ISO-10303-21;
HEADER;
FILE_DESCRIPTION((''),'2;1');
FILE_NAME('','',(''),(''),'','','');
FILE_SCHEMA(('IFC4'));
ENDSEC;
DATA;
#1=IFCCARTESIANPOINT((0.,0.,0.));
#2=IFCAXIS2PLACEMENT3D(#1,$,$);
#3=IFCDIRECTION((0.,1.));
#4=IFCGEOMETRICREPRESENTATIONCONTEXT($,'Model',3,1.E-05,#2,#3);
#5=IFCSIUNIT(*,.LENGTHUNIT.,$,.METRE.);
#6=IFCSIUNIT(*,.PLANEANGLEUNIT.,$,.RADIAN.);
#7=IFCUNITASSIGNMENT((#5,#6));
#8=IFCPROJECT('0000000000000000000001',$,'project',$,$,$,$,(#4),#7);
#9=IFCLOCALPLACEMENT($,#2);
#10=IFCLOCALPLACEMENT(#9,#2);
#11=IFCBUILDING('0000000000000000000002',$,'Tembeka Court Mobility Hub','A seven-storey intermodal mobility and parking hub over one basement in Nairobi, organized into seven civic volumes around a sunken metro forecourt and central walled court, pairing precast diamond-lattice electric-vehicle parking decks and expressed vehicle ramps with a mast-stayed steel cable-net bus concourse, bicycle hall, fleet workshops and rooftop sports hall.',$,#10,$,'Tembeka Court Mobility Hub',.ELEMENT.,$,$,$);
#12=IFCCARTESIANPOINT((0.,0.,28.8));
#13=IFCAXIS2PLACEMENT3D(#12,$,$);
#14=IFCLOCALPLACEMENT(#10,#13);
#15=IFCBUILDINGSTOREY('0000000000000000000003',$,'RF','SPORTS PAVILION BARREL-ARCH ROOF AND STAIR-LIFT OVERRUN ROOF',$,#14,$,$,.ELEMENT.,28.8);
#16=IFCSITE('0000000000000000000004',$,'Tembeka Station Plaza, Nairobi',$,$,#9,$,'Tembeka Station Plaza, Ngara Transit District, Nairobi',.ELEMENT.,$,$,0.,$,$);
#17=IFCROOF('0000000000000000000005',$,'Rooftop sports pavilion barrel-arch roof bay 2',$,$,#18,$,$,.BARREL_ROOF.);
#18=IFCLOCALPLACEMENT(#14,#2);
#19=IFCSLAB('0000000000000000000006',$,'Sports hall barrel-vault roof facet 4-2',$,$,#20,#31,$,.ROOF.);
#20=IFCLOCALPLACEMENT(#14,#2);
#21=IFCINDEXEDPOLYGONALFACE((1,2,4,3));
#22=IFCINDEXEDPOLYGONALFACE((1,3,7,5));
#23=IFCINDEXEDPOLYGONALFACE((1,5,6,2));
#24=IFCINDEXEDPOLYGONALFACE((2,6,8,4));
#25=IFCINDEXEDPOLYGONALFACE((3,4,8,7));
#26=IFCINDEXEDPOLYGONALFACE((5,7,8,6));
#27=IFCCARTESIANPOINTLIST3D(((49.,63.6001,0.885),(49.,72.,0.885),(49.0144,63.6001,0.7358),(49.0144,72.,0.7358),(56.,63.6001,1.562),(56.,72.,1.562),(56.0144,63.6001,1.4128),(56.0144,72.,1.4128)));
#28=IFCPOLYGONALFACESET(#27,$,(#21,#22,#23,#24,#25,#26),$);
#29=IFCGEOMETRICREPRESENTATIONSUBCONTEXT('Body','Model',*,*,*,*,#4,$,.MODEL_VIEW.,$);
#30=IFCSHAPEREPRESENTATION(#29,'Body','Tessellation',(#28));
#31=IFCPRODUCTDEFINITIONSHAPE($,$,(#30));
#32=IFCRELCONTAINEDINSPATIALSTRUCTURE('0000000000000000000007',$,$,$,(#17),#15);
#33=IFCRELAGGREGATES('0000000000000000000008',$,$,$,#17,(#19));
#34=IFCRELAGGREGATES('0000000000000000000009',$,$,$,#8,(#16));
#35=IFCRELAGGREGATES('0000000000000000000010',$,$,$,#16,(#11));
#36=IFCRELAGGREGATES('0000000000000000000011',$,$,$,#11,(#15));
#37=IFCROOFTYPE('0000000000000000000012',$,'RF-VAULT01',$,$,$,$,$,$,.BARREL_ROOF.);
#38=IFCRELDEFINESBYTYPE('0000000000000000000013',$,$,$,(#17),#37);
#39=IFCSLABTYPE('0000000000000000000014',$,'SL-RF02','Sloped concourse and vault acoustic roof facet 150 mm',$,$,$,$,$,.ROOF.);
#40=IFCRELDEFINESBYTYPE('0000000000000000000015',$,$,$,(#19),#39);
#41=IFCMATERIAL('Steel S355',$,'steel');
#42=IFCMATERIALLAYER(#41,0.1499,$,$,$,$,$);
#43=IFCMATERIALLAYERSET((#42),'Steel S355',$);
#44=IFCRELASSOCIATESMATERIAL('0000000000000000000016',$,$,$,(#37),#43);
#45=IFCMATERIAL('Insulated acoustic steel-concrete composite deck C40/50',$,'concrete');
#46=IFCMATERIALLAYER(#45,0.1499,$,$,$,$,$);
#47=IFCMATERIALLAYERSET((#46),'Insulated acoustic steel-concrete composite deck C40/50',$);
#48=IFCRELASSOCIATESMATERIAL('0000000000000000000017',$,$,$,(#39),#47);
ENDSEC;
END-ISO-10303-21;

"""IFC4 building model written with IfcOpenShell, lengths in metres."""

from ifc_helpers import new_model, si_unit, direction, frame, origin, place, context, subcontext, project, spatial, polyline, outline, extrude, material, layer, layer_set, type_object, element, aggregate, save


model = new_model("IFC4")

# Units and contexts
model_context = context("Model", 3, precision=1e-05, world=origin(), true_north=direction((0.0, 1.0)))
body_context = subcontext(model_context, "Body", "Model", "MODEL_VIEW")
ifc_project = project(units=[si_unit("LENGTHUNIT", "METRE"), si_unit("PLANEANGLEUNIT", "RADIAN")], contexts=[model_context])

# Site, building, storey
site_placement = place(None, origin())
site = spatial("IfcSite", under=ifc_project, at=site_placement, Name="Tembeka Station Plaza, Nairobi", LongName="Tembeka Station Plaza, Ngara Transit District, Nairobi", CompositionType="ELEMENT", RefElevation=0.0)
building_placement = place(site_placement, origin())
building = spatial("IfcBuilding", under=site, at=building_placement, Name="Tembeka Court Mobility Hub", Description="A seven-storey intermodal mobility and parking hub over one basement in Nairobi, organized into seven civic volumes around a sunken metro forecourt and central walled court, pairing precast diamond-lattice electric-vehicle parking decks and expressed vehicle ramps with a mast-stayed steel cable-net bus concourse, bicycle hall, fleet workshops and rooftop sports hall.", LongName="Tembeka Court Mobility Hub", CompositionType="ELEMENT")
storey_placement = place(building_placement, frame((0.0, 0.0, 28.8)))
storey = spatial("IfcBuildingStorey", under=building, at=storey_placement, Name="RF", Description="SPORTS PAVILION BARREL-ARCH ROOF AND STAIR-LIFT OVERRUN ROOF", CompositionType="ELEMENT", Elevation=28.8)

# Shared definitions
ifc_material_1 = material(Name="Steel S355", Category="steel")

# Roof
ifc_layer_1 = layer(ifc_material_1, 0.1499)
ifc_layer_set_1 = layer_set([ifc_layer_1], Name="Steel S355")
roof_type = type_object("IfcRoofType", Name="RF-VAULT01", PredefinedType="BARREL_ROOF", material=ifc_layer_set_1)
ifc_material_2 = material(Name="Insulated acoustic steel-concrete composite deck C40/50", Category="concrete")
ifc_layer_2 = layer(ifc_material_2, 0.1499)
ifc_layer_set_2 = layer_set([ifc_layer_2], Name="Insulated acoustic steel-concrete composite deck C40/50")
slab_type = type_object("IfcSlabType", Name="SL-RF02", Description="Sloped concourse and vault acoustic roof facet 150 mm", PredefinedType="ROOF", material=ifc_layer_set_2)
roof_1_placement = place(storey_placement, origin())
roof_1 = element("IfcRoof", 1, at=roof_1_placement, inside=storey, type_object=roof_type, Name="Rooftop sports pavilion barrel-arch roof bay 2", PredefinedType="BARREL_ROOF")

# Slab
slab_1_placement = place(storey_placement, frame((49.0, 63.6001, 0.885), z_axis=(-0.096265, 0.0, 0.995356), x_axis=(0.995356, 0.0, 0.096265)))
slab_1 = element("IfcSlab", 2, at=slab_1_placement, type_object=slab_type, Name="Sports hall barrel-vault roof facet 4-2", PredefinedType="ROOF", context=body_context, shape_type="SweptSolid", body=[
    extrude(outline(polyline([(0.0, 0.0), (7.0327, 0.0), (7.0327, 8.3999), (0.0, 8.3999), (0.0, 0.0)])), origin(), (0.0, 0.0, -1.0), 0.1499),
])
aggregate(roof_1, [slab_1])

save(model, "model.ifc")
